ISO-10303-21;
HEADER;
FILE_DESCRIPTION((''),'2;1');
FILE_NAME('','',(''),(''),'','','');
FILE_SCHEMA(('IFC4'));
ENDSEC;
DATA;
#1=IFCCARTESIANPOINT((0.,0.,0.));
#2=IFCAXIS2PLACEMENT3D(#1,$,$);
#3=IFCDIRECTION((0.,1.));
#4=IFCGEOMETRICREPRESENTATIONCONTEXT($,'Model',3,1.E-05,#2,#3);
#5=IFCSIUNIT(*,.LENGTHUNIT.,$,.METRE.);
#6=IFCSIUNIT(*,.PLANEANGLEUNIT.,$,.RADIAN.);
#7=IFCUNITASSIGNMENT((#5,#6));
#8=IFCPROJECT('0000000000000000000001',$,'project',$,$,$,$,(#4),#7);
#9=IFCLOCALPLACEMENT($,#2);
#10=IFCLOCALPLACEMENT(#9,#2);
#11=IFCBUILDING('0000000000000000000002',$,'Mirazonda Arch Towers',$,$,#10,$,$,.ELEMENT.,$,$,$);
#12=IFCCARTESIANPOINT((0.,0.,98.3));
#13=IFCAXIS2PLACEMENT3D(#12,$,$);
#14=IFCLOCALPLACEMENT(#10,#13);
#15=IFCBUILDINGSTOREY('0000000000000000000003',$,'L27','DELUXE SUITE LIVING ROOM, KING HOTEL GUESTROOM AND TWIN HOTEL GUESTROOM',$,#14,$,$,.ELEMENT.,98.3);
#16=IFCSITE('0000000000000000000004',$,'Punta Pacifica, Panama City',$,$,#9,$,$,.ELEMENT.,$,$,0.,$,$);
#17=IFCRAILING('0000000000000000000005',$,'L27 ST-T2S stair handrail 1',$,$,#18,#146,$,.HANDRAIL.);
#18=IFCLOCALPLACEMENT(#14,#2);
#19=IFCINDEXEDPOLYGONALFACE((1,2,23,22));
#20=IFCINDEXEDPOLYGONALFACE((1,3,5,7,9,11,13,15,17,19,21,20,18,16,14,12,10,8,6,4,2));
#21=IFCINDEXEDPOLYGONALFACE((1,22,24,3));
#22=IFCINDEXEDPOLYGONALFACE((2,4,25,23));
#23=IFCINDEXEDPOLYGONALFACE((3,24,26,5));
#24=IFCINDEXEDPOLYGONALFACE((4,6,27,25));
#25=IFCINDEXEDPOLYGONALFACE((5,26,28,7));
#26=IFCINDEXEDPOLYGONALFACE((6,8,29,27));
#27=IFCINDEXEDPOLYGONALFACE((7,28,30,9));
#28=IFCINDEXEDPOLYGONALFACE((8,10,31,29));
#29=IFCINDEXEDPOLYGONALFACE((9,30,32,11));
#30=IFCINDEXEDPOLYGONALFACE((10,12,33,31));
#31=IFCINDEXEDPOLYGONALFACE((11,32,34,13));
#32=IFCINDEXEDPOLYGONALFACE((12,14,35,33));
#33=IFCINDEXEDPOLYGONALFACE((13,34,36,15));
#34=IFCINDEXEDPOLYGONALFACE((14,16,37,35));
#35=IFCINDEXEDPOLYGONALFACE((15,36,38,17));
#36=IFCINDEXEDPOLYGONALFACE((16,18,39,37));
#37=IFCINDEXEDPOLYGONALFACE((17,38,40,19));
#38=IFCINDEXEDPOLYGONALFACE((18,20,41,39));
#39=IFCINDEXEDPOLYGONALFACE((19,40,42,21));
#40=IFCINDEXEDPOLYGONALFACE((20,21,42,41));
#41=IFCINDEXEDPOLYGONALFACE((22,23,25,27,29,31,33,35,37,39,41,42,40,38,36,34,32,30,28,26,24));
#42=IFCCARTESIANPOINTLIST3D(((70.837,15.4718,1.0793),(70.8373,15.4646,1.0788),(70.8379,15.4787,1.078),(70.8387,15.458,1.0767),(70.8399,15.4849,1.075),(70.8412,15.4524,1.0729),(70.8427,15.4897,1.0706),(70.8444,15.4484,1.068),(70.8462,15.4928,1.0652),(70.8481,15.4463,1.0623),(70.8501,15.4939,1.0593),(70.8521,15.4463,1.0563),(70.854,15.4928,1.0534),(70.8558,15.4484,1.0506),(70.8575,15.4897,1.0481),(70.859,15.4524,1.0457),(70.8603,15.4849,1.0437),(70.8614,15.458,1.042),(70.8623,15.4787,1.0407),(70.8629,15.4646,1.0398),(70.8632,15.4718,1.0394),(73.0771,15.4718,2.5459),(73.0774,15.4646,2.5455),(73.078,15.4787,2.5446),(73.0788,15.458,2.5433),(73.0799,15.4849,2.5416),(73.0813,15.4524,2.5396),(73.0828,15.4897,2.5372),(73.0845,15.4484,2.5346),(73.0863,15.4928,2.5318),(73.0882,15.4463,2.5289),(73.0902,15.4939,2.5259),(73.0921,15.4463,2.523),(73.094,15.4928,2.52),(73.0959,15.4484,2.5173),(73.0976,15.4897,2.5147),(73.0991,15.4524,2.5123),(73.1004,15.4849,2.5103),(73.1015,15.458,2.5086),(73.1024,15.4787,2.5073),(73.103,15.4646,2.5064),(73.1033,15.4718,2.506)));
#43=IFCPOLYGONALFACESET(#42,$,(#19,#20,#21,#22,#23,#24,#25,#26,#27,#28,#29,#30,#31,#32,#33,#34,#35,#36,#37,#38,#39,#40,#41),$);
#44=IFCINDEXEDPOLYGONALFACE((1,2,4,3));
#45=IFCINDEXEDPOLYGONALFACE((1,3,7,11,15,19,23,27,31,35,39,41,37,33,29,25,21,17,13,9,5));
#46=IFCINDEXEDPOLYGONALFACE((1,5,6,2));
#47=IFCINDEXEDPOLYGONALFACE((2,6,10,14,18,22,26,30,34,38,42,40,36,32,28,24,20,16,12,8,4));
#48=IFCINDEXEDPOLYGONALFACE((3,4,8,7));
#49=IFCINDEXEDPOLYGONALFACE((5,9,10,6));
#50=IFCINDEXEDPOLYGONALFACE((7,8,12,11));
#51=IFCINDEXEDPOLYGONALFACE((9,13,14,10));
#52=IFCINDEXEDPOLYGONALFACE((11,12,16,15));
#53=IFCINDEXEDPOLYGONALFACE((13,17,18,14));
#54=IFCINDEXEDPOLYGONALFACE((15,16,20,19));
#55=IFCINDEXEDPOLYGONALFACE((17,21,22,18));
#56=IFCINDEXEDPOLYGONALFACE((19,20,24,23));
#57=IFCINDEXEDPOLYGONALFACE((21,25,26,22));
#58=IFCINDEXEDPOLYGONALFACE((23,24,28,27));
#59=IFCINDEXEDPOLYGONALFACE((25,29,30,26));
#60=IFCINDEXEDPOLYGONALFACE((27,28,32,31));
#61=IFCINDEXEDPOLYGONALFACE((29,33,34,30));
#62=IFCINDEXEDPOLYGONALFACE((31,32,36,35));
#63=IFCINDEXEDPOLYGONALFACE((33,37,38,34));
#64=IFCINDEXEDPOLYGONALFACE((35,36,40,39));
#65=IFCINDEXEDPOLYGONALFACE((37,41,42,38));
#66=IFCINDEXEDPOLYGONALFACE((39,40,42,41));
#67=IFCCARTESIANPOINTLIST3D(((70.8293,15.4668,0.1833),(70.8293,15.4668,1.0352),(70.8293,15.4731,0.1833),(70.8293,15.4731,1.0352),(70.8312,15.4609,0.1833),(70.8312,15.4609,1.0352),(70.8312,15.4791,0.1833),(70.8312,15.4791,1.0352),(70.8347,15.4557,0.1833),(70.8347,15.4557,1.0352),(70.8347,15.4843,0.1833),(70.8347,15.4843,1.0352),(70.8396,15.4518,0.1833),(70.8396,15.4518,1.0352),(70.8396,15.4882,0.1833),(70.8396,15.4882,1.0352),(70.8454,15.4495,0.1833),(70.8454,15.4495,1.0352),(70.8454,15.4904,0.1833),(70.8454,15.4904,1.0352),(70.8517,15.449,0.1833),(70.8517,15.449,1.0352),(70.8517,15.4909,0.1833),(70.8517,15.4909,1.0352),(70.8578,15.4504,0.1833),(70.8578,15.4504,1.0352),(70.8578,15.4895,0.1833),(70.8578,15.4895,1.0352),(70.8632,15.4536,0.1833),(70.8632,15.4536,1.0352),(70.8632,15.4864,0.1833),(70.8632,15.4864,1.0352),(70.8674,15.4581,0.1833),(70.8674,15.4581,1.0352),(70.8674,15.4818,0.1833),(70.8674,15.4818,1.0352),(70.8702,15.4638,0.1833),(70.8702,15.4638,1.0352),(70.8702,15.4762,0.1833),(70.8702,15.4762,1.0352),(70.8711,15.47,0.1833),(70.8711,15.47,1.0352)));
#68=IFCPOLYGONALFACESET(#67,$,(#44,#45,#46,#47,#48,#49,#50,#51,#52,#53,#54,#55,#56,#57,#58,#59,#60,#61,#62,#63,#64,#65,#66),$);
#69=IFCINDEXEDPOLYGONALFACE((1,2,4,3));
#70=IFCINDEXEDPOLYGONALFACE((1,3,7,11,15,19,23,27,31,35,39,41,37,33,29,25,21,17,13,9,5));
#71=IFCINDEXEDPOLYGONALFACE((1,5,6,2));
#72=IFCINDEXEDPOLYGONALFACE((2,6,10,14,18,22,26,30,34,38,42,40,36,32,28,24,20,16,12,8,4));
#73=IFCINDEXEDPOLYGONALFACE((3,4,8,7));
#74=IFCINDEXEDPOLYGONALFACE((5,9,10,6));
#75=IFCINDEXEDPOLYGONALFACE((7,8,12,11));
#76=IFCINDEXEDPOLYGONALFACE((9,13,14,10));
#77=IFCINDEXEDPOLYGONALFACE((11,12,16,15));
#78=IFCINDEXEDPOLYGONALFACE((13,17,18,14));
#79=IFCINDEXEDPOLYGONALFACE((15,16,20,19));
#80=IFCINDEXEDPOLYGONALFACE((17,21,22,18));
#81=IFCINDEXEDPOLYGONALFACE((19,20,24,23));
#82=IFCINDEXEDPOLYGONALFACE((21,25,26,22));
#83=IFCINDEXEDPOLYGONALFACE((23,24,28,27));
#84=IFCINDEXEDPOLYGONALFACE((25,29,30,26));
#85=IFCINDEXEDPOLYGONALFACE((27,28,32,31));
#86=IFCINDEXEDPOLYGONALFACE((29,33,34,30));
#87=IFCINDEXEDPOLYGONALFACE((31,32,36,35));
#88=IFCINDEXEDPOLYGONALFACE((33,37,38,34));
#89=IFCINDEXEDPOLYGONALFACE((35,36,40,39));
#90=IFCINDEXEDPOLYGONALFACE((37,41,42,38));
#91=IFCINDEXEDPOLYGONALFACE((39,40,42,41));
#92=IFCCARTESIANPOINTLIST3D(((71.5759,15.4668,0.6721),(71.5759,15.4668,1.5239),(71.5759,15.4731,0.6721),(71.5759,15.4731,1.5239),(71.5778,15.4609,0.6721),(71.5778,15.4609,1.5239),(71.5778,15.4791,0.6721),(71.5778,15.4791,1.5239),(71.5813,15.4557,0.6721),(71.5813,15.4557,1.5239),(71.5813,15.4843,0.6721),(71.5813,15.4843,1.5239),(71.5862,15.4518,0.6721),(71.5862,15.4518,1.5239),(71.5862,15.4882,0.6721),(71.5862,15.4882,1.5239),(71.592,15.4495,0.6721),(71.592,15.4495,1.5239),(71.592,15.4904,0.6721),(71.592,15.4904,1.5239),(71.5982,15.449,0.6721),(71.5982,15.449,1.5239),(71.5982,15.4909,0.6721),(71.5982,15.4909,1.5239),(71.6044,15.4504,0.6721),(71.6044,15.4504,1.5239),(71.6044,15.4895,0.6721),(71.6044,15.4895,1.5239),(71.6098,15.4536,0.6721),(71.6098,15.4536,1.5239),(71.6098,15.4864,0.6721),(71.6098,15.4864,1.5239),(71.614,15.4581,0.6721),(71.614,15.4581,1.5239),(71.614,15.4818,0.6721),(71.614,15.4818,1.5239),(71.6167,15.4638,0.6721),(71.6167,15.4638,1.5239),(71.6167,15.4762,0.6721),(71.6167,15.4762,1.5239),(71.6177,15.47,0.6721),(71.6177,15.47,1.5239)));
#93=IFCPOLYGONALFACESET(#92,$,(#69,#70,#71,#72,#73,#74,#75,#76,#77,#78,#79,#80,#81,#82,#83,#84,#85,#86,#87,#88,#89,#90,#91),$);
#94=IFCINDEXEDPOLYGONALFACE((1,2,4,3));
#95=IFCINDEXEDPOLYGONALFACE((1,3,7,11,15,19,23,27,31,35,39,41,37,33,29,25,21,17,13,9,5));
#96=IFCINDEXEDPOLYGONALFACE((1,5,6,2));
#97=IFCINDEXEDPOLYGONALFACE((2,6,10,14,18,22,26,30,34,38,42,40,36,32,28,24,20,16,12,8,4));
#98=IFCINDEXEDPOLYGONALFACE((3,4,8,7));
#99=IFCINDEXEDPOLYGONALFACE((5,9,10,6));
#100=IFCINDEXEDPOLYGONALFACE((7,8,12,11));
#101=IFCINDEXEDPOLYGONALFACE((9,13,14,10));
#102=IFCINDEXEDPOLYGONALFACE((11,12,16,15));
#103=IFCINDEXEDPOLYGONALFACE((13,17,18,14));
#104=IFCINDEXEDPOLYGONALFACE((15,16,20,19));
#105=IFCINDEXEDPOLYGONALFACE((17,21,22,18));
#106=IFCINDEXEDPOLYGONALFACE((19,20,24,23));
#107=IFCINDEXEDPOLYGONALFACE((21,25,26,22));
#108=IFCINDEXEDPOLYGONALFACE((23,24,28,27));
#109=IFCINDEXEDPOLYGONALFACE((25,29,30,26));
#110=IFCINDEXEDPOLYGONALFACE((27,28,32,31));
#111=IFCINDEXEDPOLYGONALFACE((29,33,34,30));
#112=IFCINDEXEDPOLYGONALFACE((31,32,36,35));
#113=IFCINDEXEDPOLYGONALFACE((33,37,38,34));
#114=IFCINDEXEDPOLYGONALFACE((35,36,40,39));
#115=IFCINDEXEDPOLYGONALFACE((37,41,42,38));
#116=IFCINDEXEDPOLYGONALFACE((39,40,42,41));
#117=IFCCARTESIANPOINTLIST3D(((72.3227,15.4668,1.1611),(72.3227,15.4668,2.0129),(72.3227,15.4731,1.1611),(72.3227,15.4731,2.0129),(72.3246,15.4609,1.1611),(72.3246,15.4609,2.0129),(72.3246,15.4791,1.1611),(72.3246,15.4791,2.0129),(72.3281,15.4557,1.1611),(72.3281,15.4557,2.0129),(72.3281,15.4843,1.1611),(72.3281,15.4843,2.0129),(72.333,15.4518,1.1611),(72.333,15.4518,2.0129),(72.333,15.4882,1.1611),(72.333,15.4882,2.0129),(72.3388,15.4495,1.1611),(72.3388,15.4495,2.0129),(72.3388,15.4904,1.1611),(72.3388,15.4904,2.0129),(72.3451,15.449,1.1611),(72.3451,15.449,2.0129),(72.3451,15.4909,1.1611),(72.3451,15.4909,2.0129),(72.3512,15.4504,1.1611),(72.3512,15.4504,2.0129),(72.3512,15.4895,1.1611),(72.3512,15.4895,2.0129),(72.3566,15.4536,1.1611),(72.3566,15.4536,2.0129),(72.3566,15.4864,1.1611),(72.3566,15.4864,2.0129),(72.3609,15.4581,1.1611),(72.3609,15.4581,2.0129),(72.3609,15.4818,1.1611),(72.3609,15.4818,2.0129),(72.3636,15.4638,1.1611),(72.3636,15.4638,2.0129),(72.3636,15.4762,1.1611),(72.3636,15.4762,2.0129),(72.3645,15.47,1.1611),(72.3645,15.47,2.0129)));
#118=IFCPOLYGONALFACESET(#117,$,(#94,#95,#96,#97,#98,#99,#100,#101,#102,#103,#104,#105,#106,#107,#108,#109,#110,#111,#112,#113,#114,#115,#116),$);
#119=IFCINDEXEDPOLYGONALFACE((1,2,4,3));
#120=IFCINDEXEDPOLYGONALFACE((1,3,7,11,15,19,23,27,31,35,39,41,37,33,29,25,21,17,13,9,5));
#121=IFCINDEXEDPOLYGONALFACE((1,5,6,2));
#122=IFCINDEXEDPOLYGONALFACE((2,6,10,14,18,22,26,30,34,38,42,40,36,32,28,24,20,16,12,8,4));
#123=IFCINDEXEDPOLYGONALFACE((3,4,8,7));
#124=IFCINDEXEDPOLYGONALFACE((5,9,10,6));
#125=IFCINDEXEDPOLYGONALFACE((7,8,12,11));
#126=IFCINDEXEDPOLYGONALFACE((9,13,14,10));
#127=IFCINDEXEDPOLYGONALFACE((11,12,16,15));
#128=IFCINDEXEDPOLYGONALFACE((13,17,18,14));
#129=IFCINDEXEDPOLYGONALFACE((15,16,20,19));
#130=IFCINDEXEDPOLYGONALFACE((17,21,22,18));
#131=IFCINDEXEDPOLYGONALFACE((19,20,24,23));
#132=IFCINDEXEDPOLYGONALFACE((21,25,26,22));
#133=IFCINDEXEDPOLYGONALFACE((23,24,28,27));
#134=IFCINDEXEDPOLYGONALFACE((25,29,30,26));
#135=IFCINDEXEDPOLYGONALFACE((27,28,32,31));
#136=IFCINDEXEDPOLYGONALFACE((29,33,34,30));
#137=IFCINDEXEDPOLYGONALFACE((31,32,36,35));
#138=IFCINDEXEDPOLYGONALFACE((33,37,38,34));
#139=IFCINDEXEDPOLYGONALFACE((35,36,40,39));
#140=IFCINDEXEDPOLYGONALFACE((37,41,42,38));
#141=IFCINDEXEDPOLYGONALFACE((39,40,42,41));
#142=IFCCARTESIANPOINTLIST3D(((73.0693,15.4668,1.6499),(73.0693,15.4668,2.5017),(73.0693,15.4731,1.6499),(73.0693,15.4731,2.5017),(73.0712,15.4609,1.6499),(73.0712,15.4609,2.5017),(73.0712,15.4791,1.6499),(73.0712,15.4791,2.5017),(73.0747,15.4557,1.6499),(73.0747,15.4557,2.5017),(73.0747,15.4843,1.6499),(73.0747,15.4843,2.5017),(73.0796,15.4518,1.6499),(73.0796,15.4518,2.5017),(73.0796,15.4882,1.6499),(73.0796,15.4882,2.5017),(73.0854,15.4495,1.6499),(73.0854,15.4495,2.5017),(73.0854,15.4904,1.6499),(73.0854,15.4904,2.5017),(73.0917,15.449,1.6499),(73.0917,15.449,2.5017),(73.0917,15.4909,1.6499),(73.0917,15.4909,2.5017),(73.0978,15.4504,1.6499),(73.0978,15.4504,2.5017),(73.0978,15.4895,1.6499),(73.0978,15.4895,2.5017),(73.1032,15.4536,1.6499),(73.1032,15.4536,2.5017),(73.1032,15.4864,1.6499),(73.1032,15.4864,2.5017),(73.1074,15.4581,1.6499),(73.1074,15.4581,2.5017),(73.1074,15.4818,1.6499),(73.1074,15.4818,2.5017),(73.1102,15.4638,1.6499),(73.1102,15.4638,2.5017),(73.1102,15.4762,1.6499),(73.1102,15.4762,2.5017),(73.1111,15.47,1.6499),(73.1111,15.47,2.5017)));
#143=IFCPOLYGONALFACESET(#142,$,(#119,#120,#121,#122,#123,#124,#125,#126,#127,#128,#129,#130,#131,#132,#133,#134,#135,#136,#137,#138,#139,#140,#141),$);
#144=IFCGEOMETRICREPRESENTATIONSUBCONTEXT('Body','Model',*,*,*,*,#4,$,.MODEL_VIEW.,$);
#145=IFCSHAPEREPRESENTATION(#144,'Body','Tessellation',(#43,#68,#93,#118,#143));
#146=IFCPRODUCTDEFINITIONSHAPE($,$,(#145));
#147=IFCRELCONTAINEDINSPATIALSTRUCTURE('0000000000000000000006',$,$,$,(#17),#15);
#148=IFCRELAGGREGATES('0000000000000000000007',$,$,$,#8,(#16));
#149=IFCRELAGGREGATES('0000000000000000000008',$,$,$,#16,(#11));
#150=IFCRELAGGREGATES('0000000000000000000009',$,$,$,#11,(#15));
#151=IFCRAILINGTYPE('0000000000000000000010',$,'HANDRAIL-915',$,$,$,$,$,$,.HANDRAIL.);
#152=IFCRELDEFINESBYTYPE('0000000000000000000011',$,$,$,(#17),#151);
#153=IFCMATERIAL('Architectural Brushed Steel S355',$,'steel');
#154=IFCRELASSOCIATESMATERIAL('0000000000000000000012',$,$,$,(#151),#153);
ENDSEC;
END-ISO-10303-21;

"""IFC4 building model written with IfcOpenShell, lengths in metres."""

from ifc_helpers import new_model, si_unit, direction, frame, origin, origin_2d, place, context, subcontext, project, spatial, circle, extrude, material, type_object, element, save


model = new_model("IFC4")

# Units and contexts
model_context = context("Model", 3, precision=1e-05, world=origin(), true_north=direction((0.0, 1.0)))
body_context = subcontext(model_context, "Body", "Model", "MODEL_VIEW")
ifc_project = project(units=[si_unit("LENGTHUNIT", "METRE"), si_unit("PLANEANGLEUNIT", "RADIAN")], contexts=[model_context])

# Site, building, storey
site_placement = place(None, origin())
site = spatial("IfcSite", under=ifc_project, at=site_placement, Name="Punta Pacifica, Panama City", CompositionType="ELEMENT", RefElevation=0.0)
building_placement = place(site_placement, origin())
building = spatial("IfcBuilding", under=site, at=building_placement, Name="Mirazonda Arch Towers", CompositionType="ELEMENT")
storey_placement = place(building_placement, frame((0.0, 0.0, 98.3)))
storey = spatial("IfcBuildingStorey", under=building, at=storey_placement, Name="L27", Description="DELUXE SUITE LIVING ROOM, KING HOTEL GUESTROOM AND TWIN HOTEL GUESTROOM", CompositionType="ELEMENT", Elevation=98.3)

# Railing
ifc_material_1 = material(Name="Architectural Brushed Steel S355", Category="steel")
railing_type_1 = type_object("IfcRailingType", Name="HANDRAIL-915", PredefinedType="HANDRAIL", material=ifc_material_1)
railing_1_placement = place(storey_placement, frame((70.8501, 15.47, 0.1833)))
element("IfcRailing", 1, at=railing_1_placement, inside=storey, type_object=railing_type_1, Name="L27 ST-T2S stair handrail 1", PredefinedType="HANDRAIL", context=body_context, shape_type="SweptSolid", body=[
    extrude(circle(Radius=0.0239, at=origin_2d()), frame((0.0, 0.0, 0.876), z_axis=(0.836637, 0.0, 0.547758), x_axis=(0.0, 1.0, 0.0)), (0.0, 0.0, 1.0), 2.6775),
    extrude(circle(Radius=0.021, at=origin_2d()), origin(), (0.0, 0.0, 1.0), 0.8518),
    extrude(circle(Radius=0.021, at=origin_2d()), frame((0.7466, 0.0, 0.4888)), (0.0, 0.0, 1.0), 0.8518),
    extrude(circle(Radius=0.021, at=origin_2d()), frame((1.4934, 0.0, 0.9778)), (0.0, 0.0, 1.0), 0.8518),
    extrude(circle(Radius=0.021, at=origin_2d()), frame((2.24, 0.0, 1.4666)), (0.0, 0.0, 1.0), 0.8518),
])

save(model, "model.ifc")
